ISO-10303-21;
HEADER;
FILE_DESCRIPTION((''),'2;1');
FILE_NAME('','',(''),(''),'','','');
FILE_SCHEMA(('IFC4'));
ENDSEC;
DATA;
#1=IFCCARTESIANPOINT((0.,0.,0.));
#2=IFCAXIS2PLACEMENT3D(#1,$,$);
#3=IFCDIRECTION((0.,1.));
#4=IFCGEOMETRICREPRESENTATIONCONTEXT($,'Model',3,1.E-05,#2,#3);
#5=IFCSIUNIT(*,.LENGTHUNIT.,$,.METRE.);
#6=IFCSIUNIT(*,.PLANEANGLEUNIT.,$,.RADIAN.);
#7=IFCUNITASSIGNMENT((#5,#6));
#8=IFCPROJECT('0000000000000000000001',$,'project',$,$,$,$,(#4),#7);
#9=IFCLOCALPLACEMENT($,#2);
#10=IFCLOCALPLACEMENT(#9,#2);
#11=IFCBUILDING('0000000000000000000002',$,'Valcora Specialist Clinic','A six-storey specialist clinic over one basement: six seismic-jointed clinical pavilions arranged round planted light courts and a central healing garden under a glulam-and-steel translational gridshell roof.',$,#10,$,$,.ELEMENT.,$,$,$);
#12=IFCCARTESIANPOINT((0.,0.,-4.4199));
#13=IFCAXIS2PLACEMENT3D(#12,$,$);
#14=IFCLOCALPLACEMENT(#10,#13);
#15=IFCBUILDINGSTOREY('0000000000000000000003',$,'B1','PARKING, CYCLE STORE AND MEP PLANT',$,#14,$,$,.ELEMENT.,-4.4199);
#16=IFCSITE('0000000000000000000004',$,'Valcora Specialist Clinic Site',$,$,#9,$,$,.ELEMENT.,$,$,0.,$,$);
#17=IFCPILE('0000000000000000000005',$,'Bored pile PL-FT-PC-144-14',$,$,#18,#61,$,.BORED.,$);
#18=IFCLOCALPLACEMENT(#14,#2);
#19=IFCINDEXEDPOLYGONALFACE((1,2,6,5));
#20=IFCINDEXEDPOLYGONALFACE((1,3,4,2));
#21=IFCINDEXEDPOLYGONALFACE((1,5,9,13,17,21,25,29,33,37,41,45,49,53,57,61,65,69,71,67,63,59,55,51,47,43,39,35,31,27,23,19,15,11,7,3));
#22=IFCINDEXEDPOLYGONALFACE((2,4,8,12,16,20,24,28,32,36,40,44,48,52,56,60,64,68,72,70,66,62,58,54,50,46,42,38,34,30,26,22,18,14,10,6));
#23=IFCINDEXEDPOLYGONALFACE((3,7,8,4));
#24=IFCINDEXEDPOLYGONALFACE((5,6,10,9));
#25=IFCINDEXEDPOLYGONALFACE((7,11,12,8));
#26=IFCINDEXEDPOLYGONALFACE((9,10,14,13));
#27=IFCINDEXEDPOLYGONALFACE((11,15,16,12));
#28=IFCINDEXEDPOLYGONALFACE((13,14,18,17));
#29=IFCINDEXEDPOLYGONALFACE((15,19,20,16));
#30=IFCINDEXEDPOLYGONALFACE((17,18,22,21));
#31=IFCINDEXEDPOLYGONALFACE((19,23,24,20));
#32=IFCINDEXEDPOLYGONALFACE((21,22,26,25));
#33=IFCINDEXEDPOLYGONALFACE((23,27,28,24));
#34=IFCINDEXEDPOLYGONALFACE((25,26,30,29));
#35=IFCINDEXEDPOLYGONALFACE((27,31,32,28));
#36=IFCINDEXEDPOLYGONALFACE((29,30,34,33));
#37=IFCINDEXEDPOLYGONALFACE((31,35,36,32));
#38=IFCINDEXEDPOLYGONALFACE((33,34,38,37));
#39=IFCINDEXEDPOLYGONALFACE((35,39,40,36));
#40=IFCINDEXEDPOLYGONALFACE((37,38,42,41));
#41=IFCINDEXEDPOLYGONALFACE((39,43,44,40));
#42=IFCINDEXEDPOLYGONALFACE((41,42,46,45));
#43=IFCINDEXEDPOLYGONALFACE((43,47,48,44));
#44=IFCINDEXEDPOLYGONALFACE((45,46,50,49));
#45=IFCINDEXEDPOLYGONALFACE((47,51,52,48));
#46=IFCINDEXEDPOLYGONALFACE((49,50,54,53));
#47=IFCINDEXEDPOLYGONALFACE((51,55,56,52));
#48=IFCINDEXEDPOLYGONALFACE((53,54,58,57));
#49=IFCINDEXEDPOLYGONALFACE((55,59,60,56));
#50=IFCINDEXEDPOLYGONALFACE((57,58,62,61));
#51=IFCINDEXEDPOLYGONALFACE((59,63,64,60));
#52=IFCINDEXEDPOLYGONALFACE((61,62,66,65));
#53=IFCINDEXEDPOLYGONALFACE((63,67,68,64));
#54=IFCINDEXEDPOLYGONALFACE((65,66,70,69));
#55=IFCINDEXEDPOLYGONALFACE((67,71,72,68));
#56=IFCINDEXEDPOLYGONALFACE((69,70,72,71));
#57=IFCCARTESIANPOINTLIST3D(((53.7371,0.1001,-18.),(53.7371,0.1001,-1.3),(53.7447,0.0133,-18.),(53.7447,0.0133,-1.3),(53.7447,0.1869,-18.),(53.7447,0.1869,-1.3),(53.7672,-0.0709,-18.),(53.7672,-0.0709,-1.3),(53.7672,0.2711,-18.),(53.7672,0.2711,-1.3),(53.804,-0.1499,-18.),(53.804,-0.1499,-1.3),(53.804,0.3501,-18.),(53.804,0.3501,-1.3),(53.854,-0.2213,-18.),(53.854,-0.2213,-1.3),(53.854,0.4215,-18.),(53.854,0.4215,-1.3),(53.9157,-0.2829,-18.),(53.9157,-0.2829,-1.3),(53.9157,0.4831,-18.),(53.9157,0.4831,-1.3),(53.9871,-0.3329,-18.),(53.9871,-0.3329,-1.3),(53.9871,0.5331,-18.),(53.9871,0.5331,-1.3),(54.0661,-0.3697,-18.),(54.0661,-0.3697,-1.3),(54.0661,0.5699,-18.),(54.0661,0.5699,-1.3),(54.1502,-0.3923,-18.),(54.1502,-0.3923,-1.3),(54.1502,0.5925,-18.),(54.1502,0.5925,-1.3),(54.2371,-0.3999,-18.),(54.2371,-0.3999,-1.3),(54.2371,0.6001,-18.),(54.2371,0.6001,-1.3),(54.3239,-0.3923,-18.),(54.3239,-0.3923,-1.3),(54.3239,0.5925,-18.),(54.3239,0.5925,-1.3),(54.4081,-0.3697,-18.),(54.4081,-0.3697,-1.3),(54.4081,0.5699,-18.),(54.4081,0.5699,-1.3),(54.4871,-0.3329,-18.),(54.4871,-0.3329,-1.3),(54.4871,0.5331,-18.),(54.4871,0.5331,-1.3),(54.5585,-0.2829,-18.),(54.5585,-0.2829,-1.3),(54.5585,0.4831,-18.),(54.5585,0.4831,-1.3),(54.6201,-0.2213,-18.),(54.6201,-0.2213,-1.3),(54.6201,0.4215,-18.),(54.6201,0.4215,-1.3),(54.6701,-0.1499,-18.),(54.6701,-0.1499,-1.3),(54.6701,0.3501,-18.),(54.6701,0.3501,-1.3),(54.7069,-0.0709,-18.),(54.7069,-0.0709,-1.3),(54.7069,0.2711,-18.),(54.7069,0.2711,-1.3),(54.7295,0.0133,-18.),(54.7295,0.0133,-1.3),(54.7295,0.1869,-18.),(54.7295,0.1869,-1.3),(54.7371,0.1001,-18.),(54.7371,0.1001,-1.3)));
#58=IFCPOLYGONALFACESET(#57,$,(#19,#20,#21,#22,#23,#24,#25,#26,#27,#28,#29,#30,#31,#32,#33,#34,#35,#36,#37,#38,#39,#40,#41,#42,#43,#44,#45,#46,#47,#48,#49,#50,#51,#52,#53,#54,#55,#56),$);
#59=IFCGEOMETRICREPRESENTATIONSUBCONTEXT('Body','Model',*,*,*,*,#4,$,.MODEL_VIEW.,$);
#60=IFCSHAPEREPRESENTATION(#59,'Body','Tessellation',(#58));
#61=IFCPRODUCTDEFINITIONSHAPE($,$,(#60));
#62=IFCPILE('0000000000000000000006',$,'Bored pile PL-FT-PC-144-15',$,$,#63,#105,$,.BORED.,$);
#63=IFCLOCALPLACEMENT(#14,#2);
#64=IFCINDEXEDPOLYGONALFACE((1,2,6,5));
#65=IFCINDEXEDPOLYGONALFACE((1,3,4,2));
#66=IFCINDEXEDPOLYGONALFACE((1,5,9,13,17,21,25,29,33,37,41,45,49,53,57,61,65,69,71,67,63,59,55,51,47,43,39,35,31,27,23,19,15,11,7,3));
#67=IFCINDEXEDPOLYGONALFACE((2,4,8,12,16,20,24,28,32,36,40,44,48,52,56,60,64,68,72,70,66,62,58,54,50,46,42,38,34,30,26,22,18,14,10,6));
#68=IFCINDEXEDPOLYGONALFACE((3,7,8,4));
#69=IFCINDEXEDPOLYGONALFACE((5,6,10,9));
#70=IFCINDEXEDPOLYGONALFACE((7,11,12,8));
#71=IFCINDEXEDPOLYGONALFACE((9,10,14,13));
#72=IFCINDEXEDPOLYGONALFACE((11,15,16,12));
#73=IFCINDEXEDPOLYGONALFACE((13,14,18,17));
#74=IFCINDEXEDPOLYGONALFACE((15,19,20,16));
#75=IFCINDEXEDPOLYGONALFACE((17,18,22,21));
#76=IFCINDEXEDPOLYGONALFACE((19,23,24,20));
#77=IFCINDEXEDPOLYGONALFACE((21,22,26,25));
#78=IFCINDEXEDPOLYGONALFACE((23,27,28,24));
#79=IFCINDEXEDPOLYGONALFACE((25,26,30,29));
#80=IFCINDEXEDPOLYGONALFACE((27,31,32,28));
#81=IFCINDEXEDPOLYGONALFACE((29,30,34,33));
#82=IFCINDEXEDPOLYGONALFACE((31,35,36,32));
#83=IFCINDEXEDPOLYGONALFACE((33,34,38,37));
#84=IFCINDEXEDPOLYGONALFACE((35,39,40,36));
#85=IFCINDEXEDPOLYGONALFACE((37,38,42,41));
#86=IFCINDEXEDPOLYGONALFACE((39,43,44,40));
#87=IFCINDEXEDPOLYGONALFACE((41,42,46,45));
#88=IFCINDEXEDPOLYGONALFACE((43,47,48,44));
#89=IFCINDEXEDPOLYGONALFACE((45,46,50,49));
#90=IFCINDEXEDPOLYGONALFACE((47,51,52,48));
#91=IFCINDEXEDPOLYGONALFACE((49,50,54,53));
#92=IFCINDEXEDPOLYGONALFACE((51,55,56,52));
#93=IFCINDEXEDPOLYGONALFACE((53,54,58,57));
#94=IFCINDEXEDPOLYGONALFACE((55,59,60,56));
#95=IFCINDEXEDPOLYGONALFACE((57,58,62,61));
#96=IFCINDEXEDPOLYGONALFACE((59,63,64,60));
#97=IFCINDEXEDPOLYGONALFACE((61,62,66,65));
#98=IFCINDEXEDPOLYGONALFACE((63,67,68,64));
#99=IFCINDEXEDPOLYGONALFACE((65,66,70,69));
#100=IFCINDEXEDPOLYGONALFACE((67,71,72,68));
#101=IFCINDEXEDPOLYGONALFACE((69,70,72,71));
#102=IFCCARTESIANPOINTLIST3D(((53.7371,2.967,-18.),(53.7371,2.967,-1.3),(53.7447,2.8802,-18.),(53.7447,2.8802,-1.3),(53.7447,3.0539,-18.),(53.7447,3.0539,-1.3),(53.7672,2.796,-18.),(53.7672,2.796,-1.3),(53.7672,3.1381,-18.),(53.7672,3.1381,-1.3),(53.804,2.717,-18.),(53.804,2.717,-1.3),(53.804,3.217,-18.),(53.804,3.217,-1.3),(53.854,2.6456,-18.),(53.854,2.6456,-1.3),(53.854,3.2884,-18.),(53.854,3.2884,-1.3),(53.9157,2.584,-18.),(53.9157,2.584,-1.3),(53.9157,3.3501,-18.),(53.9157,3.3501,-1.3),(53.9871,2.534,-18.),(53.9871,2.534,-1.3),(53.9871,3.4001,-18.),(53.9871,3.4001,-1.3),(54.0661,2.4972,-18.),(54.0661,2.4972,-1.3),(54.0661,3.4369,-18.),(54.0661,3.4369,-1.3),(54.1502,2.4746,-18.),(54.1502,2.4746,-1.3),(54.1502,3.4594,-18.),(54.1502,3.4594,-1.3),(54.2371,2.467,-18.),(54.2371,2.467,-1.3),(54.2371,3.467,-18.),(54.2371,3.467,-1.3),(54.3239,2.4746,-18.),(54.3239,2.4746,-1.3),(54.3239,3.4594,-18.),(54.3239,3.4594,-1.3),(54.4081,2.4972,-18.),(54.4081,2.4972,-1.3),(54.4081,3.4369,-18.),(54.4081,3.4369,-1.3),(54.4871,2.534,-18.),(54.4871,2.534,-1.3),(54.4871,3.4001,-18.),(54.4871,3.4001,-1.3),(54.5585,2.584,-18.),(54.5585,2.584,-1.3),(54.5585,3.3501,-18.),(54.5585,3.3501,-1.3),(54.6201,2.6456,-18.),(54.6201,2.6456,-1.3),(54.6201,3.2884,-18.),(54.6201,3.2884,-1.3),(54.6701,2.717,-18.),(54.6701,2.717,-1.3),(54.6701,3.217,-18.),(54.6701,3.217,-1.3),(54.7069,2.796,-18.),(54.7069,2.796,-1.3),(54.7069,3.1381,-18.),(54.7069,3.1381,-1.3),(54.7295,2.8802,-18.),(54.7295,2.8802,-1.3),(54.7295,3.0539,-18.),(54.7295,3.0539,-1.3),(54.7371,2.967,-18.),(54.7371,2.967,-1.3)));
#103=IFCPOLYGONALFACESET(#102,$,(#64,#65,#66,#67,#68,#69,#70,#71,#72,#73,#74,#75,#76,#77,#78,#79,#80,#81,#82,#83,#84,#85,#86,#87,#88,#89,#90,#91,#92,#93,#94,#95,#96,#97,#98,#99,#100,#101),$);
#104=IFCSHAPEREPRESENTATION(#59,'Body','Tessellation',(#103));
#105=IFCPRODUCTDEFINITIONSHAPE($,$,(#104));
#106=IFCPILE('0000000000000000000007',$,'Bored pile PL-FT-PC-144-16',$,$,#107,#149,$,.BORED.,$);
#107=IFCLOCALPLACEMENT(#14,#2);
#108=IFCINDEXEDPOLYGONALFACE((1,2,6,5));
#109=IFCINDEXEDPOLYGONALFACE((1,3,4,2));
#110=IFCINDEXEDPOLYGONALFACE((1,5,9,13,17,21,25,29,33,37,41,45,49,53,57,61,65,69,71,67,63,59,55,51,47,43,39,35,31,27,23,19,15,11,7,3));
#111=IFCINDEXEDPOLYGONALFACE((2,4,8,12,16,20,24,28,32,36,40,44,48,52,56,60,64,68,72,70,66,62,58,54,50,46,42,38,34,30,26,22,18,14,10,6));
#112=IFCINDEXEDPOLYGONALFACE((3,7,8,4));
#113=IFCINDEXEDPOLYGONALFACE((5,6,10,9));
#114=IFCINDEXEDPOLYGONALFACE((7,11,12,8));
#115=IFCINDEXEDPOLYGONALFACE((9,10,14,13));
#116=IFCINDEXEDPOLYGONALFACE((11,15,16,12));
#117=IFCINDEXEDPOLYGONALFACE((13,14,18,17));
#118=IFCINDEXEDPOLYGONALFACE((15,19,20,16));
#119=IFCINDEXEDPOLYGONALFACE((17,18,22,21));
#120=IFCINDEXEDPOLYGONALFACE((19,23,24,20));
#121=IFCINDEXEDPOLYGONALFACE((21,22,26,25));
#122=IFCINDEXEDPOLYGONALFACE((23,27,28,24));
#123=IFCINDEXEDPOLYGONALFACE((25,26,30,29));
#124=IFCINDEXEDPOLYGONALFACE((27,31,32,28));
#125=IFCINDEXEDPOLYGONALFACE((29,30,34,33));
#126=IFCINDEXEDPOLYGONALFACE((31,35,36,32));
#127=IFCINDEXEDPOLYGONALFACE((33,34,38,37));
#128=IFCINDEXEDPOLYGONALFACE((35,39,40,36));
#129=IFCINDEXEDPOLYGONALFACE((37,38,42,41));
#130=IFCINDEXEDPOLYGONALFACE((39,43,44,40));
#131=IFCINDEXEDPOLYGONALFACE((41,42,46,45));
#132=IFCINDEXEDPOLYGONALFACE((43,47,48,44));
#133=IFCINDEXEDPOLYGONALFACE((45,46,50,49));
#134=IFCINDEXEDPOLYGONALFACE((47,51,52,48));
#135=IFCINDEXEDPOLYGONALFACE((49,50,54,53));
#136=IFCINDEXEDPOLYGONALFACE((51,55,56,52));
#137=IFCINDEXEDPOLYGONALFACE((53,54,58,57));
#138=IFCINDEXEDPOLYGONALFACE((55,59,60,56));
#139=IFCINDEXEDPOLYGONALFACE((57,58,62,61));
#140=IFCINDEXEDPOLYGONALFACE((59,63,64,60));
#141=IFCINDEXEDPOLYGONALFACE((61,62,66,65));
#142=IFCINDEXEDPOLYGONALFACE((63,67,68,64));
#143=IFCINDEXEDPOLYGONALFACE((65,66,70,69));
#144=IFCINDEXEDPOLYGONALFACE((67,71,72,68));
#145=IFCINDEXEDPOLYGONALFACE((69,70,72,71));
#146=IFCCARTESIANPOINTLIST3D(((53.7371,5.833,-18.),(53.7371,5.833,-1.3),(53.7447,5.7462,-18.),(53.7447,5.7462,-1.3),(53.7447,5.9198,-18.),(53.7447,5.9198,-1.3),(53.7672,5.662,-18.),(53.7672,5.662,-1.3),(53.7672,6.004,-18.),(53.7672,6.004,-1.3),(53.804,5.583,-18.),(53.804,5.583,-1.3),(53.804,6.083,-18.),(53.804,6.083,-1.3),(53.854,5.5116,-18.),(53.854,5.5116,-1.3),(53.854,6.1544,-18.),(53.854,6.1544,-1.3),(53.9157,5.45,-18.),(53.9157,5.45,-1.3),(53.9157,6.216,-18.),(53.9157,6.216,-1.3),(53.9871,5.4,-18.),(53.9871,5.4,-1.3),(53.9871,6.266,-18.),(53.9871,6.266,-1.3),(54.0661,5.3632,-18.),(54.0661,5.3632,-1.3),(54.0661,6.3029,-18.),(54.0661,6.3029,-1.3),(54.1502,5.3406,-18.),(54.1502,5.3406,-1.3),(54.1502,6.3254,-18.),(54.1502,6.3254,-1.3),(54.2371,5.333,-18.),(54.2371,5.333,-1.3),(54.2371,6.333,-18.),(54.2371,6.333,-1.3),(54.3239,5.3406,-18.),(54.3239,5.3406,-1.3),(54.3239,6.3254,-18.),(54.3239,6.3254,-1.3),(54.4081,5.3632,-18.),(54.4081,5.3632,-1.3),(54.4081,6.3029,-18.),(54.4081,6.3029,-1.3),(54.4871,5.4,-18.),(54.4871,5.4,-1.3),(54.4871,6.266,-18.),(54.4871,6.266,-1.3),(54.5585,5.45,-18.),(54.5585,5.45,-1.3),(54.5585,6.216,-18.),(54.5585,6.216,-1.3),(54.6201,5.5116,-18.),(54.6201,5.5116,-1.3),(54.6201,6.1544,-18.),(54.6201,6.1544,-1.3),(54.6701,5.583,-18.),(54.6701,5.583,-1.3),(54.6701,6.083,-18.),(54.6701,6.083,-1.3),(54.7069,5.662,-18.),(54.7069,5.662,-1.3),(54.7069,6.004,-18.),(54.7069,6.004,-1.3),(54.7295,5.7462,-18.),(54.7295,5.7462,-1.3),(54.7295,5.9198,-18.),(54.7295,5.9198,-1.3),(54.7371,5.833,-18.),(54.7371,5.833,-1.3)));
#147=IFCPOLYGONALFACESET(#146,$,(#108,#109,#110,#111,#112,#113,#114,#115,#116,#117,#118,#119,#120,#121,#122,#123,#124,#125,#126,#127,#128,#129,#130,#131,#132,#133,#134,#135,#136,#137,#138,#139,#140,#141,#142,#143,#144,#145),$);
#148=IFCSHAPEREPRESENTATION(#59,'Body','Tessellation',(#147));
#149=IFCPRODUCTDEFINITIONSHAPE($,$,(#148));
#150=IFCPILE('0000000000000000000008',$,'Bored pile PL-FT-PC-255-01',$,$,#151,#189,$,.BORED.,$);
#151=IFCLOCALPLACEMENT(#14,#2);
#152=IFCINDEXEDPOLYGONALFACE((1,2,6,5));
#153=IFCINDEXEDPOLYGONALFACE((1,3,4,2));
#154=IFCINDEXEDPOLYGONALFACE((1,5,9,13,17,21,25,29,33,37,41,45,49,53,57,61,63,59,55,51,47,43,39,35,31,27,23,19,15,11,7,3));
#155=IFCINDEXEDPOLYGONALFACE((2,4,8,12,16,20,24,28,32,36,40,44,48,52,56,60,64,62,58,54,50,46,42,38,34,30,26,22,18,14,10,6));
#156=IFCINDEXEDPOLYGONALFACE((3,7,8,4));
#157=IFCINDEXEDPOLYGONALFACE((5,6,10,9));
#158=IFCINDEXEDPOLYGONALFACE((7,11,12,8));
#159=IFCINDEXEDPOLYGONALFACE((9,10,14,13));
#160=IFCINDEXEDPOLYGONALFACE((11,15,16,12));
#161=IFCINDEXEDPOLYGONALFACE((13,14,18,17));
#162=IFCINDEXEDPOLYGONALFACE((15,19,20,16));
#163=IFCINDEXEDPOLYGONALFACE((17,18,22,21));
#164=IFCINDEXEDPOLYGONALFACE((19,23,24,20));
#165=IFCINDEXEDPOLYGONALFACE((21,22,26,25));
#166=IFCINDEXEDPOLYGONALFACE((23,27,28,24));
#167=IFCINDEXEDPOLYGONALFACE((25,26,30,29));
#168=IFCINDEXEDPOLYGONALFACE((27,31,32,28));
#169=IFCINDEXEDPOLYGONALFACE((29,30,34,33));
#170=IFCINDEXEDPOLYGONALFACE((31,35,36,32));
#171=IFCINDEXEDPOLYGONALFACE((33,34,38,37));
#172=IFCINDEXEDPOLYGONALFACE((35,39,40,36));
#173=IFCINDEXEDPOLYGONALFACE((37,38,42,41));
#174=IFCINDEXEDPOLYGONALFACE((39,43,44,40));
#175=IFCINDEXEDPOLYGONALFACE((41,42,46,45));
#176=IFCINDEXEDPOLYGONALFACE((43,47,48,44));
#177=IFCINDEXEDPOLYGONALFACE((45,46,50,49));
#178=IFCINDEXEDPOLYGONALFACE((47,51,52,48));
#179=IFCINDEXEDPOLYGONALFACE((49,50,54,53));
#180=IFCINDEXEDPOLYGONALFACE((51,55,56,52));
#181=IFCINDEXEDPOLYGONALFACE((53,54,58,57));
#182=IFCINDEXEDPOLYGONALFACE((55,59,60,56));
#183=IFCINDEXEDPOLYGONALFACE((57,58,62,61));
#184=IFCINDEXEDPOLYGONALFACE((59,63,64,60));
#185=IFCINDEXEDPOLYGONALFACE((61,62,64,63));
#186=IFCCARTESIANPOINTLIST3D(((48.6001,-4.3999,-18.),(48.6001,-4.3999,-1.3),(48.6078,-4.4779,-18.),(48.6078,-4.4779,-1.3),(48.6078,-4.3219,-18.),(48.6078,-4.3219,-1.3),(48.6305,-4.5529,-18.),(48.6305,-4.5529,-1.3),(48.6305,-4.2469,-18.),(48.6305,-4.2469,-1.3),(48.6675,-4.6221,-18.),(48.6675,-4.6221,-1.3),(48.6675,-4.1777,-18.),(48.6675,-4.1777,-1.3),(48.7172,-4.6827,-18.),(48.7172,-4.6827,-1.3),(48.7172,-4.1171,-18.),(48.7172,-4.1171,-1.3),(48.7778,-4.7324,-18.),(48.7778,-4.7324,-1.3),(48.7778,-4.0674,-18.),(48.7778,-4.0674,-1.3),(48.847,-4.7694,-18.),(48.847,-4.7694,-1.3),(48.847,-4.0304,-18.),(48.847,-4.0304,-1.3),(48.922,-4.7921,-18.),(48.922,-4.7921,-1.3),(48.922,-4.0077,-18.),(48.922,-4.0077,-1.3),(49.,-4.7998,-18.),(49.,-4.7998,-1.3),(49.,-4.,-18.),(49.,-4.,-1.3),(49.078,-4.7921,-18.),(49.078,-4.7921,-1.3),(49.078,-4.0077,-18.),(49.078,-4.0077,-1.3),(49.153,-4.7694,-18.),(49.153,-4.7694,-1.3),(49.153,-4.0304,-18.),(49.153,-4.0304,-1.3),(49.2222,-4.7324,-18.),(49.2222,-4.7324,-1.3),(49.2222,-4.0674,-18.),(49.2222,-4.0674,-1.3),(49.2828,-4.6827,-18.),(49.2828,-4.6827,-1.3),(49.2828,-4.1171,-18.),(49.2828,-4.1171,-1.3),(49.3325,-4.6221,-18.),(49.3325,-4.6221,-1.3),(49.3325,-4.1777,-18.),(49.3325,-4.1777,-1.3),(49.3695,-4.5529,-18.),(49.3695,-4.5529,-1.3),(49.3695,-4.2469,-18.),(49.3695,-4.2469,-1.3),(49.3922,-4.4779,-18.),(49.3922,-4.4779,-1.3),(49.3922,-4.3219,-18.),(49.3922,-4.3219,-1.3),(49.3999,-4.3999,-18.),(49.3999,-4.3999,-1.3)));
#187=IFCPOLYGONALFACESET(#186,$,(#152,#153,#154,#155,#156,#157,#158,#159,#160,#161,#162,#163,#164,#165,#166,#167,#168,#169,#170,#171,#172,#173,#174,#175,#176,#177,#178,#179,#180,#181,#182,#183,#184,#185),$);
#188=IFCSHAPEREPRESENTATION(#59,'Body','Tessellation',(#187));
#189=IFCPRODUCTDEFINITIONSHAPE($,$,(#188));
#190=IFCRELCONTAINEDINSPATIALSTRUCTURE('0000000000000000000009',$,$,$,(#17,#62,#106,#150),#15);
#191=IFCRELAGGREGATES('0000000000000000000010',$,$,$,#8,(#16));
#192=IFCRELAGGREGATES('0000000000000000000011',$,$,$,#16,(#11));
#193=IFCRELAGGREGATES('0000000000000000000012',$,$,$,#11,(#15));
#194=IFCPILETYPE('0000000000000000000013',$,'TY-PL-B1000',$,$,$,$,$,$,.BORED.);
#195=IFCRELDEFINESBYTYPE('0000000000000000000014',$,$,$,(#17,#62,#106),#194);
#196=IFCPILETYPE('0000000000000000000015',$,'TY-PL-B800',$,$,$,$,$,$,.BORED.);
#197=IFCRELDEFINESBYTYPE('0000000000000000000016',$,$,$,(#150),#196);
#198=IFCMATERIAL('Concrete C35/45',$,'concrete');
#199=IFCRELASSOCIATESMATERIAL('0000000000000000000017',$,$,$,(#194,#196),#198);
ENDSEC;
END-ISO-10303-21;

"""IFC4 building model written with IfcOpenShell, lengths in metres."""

from ifc_helpers import new_model, si_unit, direction, frame, origin, origin_2d, place, context, subcontext, project, spatial, circle, extrude, material, material_profile, profile_set, type_object, element, save


model = new_model("IFC4")

# Units and contexts
model_context = context("Model", 3, precision=1e-05, world=origin(), true_north=direction((0.0, 1.0)))
body_context = subcontext(model_context, "Body", "Model", "MODEL_VIEW")
ifc_project = project(units=[si_unit("LENGTHUNIT", "METRE"), si_unit("PLANEANGLEUNIT", "RADIAN")], contexts=[model_context])

# Site, building, storey
site_placement = place(None, origin())
site = spatial("IfcSite", under=ifc_project, at=site_placement, Name="Valcora Specialist Clinic Site", CompositionType="ELEMENT", RefElevation=0.0)
building_placement = place(site_placement, origin())
building = spatial("IfcBuilding", under=site, at=building_placement, Name="Valcora Specialist Clinic", Description="A six-storey specialist clinic over one basement: six seismic-jointed clinical pavilions arranged round planted light courts and a central healing garden under a glulam-and-steel translational gridshell roof.", CompositionType="ELEMENT")
storey_placement = place(building_placement, frame((0.0, 0.0, -4.4199)))
storey = spatial("IfcBuildingStorey", under=building, at=storey_placement, Name="B1", Description="PARKING, CYCLE STORE AND MEP PLANT", CompositionType="ELEMENT", Elevation=-4.4199)

# Shared definitions
ifc_material_1 = material(Name="Concrete C35/45", Category="concrete")

# Piles
ifc_material_profile_1 = material_profile(ifc_material_1, circle(Radius=0.5, at=origin_2d()), Name="RC-PIL-D1000")
ifc_profile_set_1 = profile_set([ifc_material_profile_1], Name="Concrete C35/45")
pile_type_1 = type_object("IfcPileType", Name="TY-PL-B1000", PredefinedType="BORED", material=ifc_profile_set_1)
for number, where, z_axis, x_axis, name in (
    (1, (54.2371, 0.1001, -1.3), (0.0, 0.0, -1.0), (1.0, 0.0, 0.0), "Bored pile PL-FT-PC-144-14"),
    (2, (54.2371, 2.967, -1.3), (0.0, 0.0, -1.0), (1.0, 0.0, 0.0), "Bored pile PL-FT-PC-144-15"),
    (3, (54.2371, 5.833, -1.3), (0.0, 0.0, -1.0), (1.0, 0.0, 0.0), "Bored pile PL-FT-PC-144-16"),
):
    element("IfcPile", number, at=place(storey_placement, frame(where, z_axis=z_axis, x_axis=x_axis)), inside=storey, type_object=pile_type_1, Name=name, PredefinedType="BORED", context=body_context, shape_type="SweptSolid", body=[
        extrude(circle(Radius=0.5, at=origin_2d()), origin(), (0.0, 0.0, 1.0), 16.7),
    ])
ifc_material_profile_2 = material_profile(ifc_material_1, circle(Radius=0.3999, at=origin_2d()), Name="RC-PIL-D800")
ifc_profile_set_2 = profile_set([ifc_material_profile_2], Name="Concrete C35/45")
pile_type_2 = type_object("IfcPileType", Name="TY-PL-B800", PredefinedType="BORED", material=ifc_profile_set_2)
pile_placement = place(storey_placement, frame((49.0, -4.3999, -1.3), z_axis=(0.0, 0.0, -1.0), x_axis=(1.0, 0.0, 0.0)))
element("IfcPile", 4, at=pile_placement, inside=storey, type_object=pile_type_2, Name="Bored pile PL-FT-PC-255-01", PredefinedType="BORED", context=body_context, shape_type="SweptSolid", body=[
    extrude(circle(Radius=0.3999, at=origin_2d()), origin(), (0.0, 0.0, 1.0), 16.7),
])

save(model, "model.ifc")
